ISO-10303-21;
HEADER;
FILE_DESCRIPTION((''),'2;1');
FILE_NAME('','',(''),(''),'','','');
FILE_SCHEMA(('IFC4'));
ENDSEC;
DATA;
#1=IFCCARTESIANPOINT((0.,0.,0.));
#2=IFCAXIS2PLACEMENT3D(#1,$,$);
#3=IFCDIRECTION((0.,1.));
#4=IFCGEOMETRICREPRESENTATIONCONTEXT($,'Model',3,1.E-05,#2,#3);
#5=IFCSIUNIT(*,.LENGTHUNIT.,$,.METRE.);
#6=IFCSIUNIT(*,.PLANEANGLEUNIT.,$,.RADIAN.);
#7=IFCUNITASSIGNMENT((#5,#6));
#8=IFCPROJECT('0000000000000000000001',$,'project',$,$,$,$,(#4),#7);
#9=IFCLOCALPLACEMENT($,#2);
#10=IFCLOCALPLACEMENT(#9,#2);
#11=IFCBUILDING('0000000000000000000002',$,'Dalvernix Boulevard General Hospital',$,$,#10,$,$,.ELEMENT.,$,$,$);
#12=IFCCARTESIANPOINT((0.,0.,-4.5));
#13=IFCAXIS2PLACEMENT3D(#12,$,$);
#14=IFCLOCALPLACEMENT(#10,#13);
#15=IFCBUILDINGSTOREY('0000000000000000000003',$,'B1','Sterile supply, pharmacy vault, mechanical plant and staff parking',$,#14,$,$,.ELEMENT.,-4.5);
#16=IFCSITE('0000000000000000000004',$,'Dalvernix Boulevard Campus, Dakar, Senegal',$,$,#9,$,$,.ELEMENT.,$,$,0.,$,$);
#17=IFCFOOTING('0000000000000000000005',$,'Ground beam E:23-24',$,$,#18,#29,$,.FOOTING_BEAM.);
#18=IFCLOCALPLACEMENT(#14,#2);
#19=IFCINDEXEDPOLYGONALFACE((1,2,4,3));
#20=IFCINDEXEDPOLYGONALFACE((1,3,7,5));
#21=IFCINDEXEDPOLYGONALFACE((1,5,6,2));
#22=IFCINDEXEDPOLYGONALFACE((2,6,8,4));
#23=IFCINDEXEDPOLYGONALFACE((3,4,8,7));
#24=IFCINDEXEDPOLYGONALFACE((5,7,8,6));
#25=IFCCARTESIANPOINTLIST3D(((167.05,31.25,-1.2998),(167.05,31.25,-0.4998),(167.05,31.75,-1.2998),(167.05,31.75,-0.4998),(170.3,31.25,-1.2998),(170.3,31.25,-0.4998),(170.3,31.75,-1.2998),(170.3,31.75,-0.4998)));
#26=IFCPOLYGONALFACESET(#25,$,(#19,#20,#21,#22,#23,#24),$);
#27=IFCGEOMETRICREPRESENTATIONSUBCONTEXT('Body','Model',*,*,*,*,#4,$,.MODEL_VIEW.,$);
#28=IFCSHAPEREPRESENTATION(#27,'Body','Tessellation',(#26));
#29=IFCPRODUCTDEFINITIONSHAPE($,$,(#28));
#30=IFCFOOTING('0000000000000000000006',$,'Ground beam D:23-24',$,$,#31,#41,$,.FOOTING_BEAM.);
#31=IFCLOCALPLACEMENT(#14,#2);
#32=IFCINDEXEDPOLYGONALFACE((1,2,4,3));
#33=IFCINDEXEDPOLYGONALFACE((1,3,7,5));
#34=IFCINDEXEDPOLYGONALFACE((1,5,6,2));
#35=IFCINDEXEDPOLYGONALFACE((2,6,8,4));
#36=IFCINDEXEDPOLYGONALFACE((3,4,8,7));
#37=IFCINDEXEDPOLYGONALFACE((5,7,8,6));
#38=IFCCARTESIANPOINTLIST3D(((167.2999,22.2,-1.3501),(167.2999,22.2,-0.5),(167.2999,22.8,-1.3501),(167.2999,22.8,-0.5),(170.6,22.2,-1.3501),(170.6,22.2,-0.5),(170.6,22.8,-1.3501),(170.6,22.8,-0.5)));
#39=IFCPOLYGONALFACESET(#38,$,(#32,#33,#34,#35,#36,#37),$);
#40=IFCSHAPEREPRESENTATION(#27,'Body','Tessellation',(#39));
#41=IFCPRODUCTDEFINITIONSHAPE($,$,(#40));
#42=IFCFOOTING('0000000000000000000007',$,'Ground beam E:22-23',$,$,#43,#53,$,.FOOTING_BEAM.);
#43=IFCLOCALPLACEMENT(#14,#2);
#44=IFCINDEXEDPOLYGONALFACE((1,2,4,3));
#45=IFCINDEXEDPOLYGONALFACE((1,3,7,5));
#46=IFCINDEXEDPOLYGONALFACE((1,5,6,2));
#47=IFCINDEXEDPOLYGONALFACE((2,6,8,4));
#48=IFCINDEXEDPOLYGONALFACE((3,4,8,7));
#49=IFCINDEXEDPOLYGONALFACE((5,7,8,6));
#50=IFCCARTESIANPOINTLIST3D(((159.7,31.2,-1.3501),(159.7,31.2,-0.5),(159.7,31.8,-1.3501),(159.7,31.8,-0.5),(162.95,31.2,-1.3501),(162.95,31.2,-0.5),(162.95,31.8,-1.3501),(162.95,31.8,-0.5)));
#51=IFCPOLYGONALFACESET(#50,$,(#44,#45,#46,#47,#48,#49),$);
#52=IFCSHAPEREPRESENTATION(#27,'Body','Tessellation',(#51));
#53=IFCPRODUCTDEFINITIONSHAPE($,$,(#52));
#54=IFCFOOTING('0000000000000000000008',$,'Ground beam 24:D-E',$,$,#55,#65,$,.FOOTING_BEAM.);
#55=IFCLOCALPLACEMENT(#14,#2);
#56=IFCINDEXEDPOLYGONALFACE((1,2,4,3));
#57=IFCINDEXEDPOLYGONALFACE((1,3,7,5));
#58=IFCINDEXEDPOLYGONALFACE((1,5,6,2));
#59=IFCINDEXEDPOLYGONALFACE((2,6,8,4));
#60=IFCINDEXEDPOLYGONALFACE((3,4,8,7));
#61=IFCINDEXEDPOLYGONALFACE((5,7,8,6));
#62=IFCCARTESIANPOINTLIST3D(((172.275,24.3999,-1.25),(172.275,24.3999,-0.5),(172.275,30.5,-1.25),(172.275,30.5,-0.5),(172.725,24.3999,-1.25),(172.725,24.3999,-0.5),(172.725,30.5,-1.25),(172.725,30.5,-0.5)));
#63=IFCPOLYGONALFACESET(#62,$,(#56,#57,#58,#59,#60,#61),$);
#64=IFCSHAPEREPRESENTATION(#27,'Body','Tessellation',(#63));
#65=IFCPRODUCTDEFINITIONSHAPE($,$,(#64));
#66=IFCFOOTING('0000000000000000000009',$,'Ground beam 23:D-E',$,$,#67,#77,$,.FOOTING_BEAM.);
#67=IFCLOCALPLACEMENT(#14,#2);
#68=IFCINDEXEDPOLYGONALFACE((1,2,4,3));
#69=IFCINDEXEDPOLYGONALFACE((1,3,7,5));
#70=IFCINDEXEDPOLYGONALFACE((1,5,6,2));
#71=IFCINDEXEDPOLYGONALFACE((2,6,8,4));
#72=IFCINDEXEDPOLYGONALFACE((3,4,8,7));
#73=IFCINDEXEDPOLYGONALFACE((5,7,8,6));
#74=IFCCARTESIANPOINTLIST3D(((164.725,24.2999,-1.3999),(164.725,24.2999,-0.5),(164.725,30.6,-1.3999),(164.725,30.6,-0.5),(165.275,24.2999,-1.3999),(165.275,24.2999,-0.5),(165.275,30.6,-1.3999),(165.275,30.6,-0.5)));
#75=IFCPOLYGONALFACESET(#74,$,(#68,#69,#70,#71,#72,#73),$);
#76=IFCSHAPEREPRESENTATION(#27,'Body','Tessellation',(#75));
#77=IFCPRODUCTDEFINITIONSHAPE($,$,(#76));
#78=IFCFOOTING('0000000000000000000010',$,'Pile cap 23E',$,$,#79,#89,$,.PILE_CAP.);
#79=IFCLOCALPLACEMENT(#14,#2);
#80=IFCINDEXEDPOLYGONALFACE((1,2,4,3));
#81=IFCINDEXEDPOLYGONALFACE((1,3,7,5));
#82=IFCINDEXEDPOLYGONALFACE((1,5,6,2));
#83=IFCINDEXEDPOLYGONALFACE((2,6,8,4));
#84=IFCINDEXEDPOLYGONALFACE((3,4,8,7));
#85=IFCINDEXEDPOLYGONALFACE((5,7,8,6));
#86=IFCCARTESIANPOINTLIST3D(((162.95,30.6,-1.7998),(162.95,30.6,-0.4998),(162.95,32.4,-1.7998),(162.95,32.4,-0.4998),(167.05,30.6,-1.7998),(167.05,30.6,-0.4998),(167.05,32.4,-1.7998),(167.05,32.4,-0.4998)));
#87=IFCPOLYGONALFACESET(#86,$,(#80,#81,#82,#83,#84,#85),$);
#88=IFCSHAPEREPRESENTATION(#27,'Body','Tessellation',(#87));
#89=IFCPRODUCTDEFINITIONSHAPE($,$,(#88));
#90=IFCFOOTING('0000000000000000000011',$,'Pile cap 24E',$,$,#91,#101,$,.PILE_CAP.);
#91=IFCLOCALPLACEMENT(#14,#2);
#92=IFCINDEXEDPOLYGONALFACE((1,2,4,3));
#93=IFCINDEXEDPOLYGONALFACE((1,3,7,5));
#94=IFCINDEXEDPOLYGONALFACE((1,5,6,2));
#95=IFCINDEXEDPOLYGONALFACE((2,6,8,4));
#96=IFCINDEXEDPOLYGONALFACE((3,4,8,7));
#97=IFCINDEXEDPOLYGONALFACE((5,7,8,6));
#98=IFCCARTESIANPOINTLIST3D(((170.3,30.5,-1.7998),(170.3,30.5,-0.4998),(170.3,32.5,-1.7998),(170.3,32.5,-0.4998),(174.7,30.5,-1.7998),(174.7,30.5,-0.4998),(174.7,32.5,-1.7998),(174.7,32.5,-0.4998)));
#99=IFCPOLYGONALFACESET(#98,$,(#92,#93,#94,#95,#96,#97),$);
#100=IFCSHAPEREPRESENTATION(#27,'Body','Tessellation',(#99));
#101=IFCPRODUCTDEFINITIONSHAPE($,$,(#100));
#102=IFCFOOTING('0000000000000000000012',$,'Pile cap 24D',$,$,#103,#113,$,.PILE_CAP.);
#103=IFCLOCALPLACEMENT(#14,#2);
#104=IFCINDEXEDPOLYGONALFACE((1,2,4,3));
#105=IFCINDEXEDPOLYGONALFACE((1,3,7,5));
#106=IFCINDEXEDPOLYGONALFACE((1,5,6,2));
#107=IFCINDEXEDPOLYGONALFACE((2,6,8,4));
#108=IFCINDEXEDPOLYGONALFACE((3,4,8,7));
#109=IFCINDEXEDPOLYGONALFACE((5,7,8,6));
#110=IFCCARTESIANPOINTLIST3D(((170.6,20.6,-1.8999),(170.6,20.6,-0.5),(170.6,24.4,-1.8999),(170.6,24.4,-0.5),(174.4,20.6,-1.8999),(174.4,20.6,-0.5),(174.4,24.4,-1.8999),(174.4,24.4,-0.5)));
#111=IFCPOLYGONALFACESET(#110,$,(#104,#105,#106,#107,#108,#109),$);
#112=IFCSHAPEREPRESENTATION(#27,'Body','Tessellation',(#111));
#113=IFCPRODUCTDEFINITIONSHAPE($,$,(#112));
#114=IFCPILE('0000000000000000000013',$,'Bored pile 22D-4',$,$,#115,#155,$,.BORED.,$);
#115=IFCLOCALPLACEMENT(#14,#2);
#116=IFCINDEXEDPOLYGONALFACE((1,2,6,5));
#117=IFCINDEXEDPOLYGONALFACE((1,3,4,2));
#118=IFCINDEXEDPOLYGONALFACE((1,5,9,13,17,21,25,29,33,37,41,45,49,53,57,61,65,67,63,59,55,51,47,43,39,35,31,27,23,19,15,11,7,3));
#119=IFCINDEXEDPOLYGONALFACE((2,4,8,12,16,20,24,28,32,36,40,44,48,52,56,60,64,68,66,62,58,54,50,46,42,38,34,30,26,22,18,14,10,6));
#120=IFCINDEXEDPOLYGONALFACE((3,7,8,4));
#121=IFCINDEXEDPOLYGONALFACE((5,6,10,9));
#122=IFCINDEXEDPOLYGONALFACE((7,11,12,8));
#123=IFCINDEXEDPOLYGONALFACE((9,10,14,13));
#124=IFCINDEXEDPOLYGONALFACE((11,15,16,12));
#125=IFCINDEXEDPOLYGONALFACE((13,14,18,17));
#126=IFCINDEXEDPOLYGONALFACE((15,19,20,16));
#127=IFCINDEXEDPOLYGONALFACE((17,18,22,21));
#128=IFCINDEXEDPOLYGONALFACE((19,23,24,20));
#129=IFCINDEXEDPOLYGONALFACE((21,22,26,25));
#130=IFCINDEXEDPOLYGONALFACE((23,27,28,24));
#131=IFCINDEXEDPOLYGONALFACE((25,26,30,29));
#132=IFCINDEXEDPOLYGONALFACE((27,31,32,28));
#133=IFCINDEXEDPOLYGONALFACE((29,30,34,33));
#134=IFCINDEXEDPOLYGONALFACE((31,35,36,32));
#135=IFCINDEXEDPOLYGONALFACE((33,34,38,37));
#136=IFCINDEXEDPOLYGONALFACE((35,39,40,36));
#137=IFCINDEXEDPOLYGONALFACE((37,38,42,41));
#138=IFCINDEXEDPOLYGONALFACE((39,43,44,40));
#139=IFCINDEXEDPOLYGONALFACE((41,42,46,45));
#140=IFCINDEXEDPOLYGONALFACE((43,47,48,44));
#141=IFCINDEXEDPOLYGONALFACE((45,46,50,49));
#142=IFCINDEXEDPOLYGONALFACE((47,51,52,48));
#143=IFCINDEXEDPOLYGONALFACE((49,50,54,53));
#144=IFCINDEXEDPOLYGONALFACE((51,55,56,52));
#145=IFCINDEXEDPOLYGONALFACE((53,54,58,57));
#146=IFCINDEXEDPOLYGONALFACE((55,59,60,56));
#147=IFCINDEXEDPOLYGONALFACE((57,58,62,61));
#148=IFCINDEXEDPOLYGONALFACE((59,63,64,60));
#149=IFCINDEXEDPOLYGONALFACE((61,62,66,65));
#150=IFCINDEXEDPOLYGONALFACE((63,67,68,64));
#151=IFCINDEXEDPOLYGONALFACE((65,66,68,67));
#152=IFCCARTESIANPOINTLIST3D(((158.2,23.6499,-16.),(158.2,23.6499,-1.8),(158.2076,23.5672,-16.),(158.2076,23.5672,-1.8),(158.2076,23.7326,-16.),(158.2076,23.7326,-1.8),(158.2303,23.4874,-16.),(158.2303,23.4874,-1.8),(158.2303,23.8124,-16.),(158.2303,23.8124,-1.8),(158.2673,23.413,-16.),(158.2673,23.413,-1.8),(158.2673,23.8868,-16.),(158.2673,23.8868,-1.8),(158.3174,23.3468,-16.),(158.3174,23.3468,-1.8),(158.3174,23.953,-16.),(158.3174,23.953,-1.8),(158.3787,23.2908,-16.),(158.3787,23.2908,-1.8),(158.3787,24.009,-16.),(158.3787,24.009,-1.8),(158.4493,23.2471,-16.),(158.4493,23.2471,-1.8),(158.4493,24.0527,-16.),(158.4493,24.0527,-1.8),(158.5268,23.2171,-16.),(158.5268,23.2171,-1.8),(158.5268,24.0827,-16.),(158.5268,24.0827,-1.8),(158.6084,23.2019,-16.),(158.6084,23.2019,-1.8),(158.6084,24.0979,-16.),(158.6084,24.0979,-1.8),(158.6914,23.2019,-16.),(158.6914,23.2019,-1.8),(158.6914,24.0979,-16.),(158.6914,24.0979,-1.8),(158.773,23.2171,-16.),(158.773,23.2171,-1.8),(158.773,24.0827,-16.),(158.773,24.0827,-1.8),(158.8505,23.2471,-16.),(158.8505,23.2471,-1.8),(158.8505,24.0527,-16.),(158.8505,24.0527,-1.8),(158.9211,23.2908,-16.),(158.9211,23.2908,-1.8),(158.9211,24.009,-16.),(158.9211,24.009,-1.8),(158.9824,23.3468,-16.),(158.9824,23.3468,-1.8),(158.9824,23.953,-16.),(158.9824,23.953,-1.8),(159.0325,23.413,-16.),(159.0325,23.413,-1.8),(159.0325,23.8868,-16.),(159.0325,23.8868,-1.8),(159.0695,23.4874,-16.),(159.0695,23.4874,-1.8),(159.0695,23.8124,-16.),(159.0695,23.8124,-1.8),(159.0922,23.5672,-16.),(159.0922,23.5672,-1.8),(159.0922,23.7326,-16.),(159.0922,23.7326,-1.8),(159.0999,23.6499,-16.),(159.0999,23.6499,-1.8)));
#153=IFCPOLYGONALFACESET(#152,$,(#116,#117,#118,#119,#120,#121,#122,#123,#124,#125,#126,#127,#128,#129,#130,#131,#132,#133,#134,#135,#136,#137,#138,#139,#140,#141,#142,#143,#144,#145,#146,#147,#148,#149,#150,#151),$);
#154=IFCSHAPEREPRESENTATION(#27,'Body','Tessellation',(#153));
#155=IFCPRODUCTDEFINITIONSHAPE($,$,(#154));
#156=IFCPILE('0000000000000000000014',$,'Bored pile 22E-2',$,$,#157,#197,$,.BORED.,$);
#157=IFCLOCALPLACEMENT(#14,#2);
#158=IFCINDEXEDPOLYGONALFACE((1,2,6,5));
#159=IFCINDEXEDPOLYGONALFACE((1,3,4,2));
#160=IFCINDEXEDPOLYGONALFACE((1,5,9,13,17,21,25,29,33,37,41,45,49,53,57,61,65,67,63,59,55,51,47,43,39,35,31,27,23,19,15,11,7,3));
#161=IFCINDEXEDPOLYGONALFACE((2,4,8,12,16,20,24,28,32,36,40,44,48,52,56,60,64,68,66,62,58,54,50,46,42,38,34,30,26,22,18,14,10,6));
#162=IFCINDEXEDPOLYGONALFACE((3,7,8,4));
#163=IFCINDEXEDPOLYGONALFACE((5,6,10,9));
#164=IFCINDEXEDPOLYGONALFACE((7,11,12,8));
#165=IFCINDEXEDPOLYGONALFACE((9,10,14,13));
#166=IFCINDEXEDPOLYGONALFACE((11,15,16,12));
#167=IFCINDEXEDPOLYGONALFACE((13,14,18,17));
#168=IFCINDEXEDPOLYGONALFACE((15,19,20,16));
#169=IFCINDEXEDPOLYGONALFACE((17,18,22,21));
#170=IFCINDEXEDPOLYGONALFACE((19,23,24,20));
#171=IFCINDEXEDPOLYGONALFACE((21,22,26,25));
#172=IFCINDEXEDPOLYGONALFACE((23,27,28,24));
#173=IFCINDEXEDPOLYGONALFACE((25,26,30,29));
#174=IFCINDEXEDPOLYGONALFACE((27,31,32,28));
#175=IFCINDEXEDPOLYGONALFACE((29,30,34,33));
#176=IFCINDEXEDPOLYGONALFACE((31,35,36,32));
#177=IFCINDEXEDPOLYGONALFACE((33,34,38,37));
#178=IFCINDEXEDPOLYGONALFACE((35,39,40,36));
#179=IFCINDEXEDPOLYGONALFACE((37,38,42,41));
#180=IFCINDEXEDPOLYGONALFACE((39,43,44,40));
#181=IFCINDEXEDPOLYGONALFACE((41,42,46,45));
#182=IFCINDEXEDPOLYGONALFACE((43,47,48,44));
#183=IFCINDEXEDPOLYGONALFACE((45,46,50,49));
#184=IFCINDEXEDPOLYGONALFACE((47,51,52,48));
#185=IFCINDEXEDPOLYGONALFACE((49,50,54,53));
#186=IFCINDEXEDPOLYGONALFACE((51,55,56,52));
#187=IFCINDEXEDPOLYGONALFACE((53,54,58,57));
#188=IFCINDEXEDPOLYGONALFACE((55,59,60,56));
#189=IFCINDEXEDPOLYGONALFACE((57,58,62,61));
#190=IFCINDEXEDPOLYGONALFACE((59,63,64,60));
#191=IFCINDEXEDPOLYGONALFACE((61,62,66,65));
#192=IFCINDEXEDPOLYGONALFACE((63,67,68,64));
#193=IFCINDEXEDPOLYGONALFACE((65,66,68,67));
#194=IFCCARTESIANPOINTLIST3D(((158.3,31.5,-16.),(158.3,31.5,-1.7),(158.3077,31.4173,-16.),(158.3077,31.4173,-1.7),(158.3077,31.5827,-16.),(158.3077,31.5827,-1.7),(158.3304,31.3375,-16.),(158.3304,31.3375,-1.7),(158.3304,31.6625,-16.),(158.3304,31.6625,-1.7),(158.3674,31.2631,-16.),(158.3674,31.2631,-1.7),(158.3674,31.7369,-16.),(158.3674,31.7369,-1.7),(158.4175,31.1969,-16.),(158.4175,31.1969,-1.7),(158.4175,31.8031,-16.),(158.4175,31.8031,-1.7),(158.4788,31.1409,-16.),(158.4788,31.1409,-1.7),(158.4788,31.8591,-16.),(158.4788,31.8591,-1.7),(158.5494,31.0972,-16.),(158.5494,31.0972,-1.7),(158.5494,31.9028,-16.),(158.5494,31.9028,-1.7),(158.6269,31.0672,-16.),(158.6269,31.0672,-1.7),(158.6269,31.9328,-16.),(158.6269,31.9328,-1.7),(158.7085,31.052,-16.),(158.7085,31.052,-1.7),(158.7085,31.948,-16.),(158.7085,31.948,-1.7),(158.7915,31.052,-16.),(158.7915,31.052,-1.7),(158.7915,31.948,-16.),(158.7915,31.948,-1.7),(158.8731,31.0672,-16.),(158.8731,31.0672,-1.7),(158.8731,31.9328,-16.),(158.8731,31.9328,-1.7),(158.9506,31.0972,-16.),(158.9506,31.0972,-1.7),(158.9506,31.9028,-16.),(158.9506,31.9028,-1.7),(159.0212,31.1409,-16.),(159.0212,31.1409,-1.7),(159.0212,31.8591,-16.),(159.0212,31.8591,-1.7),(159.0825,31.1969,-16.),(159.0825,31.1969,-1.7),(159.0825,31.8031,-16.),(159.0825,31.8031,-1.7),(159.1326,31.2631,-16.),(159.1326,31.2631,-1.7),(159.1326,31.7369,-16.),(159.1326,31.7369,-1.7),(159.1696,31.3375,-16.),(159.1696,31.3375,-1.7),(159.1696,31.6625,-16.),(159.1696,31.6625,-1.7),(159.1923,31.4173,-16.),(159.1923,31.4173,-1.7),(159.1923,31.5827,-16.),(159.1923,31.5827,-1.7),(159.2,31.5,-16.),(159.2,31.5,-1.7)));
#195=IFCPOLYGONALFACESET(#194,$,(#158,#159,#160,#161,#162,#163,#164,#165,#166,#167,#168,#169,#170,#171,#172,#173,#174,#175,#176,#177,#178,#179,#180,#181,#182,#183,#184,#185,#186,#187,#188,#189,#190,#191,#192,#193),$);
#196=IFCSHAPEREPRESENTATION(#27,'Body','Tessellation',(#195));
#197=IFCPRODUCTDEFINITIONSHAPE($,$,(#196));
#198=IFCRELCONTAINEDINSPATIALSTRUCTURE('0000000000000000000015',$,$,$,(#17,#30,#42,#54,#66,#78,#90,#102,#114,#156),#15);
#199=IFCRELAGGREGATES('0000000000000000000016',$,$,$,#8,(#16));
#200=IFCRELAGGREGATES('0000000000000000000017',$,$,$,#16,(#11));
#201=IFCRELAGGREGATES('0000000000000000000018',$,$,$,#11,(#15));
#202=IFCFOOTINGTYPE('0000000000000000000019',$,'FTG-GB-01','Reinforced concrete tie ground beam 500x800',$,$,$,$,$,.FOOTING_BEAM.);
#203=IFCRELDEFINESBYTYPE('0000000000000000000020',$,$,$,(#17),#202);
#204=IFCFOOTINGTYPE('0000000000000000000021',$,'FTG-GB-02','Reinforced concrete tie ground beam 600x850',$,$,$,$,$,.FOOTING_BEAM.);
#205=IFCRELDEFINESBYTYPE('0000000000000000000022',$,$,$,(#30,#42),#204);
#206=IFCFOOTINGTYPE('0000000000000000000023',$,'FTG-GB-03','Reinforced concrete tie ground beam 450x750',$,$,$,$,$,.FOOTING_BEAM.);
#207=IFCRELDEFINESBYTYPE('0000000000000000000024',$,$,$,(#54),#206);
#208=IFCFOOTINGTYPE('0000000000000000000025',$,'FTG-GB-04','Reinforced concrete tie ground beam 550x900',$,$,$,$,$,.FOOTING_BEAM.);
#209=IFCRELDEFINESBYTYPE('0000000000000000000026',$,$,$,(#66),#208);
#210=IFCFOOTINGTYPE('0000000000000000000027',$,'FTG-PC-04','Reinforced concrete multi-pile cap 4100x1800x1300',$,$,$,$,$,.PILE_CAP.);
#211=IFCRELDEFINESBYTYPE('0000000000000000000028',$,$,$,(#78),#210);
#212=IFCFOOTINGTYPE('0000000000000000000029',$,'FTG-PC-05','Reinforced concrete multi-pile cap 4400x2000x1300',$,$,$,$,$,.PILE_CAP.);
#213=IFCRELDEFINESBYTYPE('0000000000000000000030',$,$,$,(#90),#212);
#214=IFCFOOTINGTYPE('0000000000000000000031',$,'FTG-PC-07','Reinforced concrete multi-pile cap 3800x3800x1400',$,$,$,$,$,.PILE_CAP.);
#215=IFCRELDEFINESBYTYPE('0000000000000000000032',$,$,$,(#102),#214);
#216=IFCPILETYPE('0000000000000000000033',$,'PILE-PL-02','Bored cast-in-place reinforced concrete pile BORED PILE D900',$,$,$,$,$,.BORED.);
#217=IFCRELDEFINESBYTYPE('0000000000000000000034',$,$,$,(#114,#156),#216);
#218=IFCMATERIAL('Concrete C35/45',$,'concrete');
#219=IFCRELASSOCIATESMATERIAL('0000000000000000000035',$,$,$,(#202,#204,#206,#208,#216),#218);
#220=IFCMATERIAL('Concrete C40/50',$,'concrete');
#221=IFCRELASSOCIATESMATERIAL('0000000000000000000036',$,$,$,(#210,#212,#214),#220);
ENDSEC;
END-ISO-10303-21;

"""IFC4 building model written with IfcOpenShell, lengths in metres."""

from ifc_helpers import new_model, si_unit, direction, frame, origin, origin_2d, place, context, subcontext, project, spatial, rectangle, circle, extrude, material, material_profile, profile_set, type_object, element, save


model = new_model("IFC4")

# Units and contexts
model_context = context("Model", 3, precision=1e-05, world=origin(), true_north=direction((0.0, 1.0)))
body_context = subcontext(model_context, "Body", "Model", "MODEL_VIEW")
ifc_project = project(units=[si_unit("LENGTHUNIT", "METRE"), si_unit("PLANEANGLEUNIT", "RADIAN")], contexts=[model_context])

# Site, building, storey
site_placement = place(None, origin())
site = spatial("IfcSite", under=ifc_project, at=site_placement, Name="Dalvernix Boulevard Campus, Dakar, Senegal", CompositionType="ELEMENT", RefElevation=0.0)
building_placement = place(site_placement, origin())
building = spatial("IfcBuilding", under=site, at=building_placement, Name="Dalvernix Boulevard General Hospital", CompositionType="ELEMENT")
storey_placement = place(building_placement, frame((0.0, 0.0, -4.5)))
storey = spatial("IfcBuildingStorey", under=building, at=storey_placement, Name="B1", Description="Sterile supply, pharmacy vault, mechanical plant and staff parking", CompositionType="ELEMENT", Elevation=-4.5)

# Footings
ifc_material_1 = material(Name="Concrete C35/45", Category="concrete")
footing_type_1 = type_object("IfcFootingType", Name="FTG-GB-01", Description="Reinforced concrete tie ground beam 500x800", PredefinedType="FOOTING_BEAM", material=ifc_material_1)
footing_1_placement = place(storey_placement, frame((168.675, 31.5, -1.2998), z_axis=(0.0, 0.0, 1.0), x_axis=(1.0, 0.0, 0.0)))
element("IfcFooting", 1, at=footing_1_placement, inside=storey, type_object=footing_type_1, Name="Ground beam E:23-24", PredefinedType="FOOTING_BEAM", context=body_context, shape_type="SweptSolid", body=[
    extrude(rectangle(XDim=3.25, YDim=0.5, at=origin_2d()), origin(), (0.0, 0.0, 1.0), 0.8),
])
footing_type_2 = type_object("IfcFootingType", Name="FTG-GB-02", Description="Reinforced concrete tie ground beam 600x850", PredefinedType="FOOTING_BEAM", material=ifc_material_1)
footing_2_placement = place(storey_placement, frame((168.95, 22.5, -1.3501), z_axis=(0.0, 0.0, 1.0), x_axis=(1.0, 0.0, 0.0)))
element("IfcFooting", 2, at=footing_2_placement, inside=storey, type_object=footing_type_2, Name="Ground beam D:23-24", PredefinedType="FOOTING_BEAM", context=body_context, shape_type="SweptSolid", body=[
    extrude(rectangle(XDim=3.3, YDim=0.6001, at=origin_2d()), origin(), (0.0, 0.0, 1.0), 0.8501),
])
footing_3_placement = place(storey_placement, frame((161.325, 31.5, -1.3501), z_axis=(0.0, 0.0, 1.0), x_axis=(1.0, 0.0, 0.0)))
element("IfcFooting", 3, at=footing_3_placement, inside=storey, type_object=footing_type_2, Name="Ground beam E:22-23", PredefinedType="FOOTING_BEAM", context=body_context, shape_type="SweptSolid", body=[
    extrude(rectangle(XDim=3.25, YDim=0.6001, at=origin_2d()), origin(), (0.0, 0.0, 1.0), 0.8501),
])
footing_type_3 = type_object("IfcFootingType", Name="FTG-GB-03", Description="Reinforced concrete tie ground beam 450x750", PredefinedType="FOOTING_BEAM", material=ifc_material_1)
footing_4_placement = place(storey_placement, frame((172.5, 27.45, -1.25), z_axis=(0.0, 0.0, 1.0), x_axis=(0.0, 1.0, 0.0)))
element("IfcFooting", 4, at=footing_4_placement, inside=storey, type_object=footing_type_3, Name="Ground beam 24:D-E", PredefinedType="FOOTING_BEAM", context=body_context, shape_type="SweptSolid", body=[
    extrude(rectangle(XDim=6.1001, YDim=0.45, at=origin_2d()), origin(), (0.0, 0.0, 1.0), 0.75),
])
footing_type_4 = type_object("IfcFootingType", Name="FTG-GB-04", Description="Reinforced concrete tie ground beam 550x900", PredefinedType="FOOTING_BEAM", material=ifc_material_1)
footing_5_placement = place(storey_placement, frame((165.0, 27.45, -1.3999), z_axis=(0.0, 0.0, 1.0), x_axis=(0.0, 1.0, 0.0)))
element("IfcFooting", 5, at=footing_5_placement, inside=storey, type_object=footing_type_4, Name="Ground beam 23:D-E", PredefinedType="FOOTING_BEAM", context=body_context, shape_type="SweptSolid", body=[
    extrude(rectangle(XDim=6.3, YDim=0.55, at=origin_2d()), origin(), (0.0, 0.0, 1.0), 0.8999),
])
ifc_material_2 = material(Name="Concrete C40/50", Category="concrete")
footing_type_5 = type_object("IfcFootingType", Name="FTG-PC-04", Description="Reinforced concrete multi-pile cap 4100x1800x1300", PredefinedType="PILE_CAP", material=ifc_material_2)
footing_6_placement = place(storey_placement, frame((165.0, 31.5, -1.7998), z_axis=(0.0, 0.0, 1.0), x_axis=(1.0, 0.0, 0.0)))
element("IfcFooting", 6, at=footing_6_placement, inside=storey, type_object=footing_type_5, Name="Pile cap 23E", PredefinedType="PILE_CAP", context=body_context, shape_type="SweptSolid", body=[
    extrude(rectangle(XDim=4.1001, YDim=1.8, at=origin_2d()), origin(), (0.0, 0.0, 1.0), 1.3),
])
footing_type_6 = type_object("IfcFootingType", Name="FTG-PC-05", Description="Reinforced concrete multi-pile cap 4400x2000x1300", PredefinedType="PILE_CAP", material=ifc_material_2)
footing_7_placement = place(storey_placement, frame((172.5, 31.5, -1.7998), z_axis=(0.0, 0.0, 1.0), x_axis=(1.0, 0.0, 0.0)))
element("IfcFooting", 7, at=footing_7_placement, inside=storey, type_object=footing_type_6, Name="Pile cap 24E", PredefinedType="PILE_CAP", context=body_context, shape_type="SweptSolid", body=[
    extrude(rectangle(XDim=4.3999, YDim=2.0, at=origin_2d()), origin(), (0.0, 0.0, 1.0), 1.3),
])
footing_type_7 = type_object("IfcFootingType", Name="FTG-PC-07", Description="Reinforced concrete multi-pile cap 3800x3800x1400", PredefinedType="PILE_CAP", material=ifc_material_2)
footing_8_placement = place(storey_placement, frame((172.5, 22.5, -1.8999), z_axis=(0.0, 0.0, 1.0), x_axis=(1.0, 0.0, 0.0)))
element("IfcFooting", 8, at=footing_8_placement, inside=storey, type_object=footing_type_7, Name="Pile cap 24D", PredefinedType="PILE_CAP", context=body_context, shape_type="SweptSolid", body=[
    extrude(rectangle(XDim=3.8, YDim=3.8, at=origin_2d()), origin(), (0.0, 0.0, 1.0), 1.3999),
])

# Piles
ifc_material_profile_1 = material_profile(ifc_material_1, circle(Radius=0.45, at=origin_2d()), Name="BORED PILE D900")
ifc_profile_set_1 = profile_set([ifc_material_profile_1], Name="Concrete C35/45")
pile_type = type_object("IfcPileType", Name="PILE-PL-02", Description="Bored cast-in-place reinforced concrete pile BORED PILE D900", PredefinedType="BORED", material=ifc_profile_set_1)
pile_1_placement = place(storey_placement, frame((158.6499, 23.6499, -1.8), z_axis=(0.0, 0.0, -1.0), x_axis=(1.0, 0.0, 0.0)))
element("IfcPile", 9, at=pile_1_placement, inside=storey, type_object=pile_type, Name="Bored pile 22D-4", PredefinedType="BORED", context=body_context, shape_type="SweptSolid", body=[
    extrude(circle(Radius=0.45, at=origin_2d()), origin(), (0.0, 0.0, 1.0), 14.2),
])
pile_2_placement = place(storey_placement, frame((158.75, 31.5, -1.7), z_axis=(0.0, 0.0, -1.0), x_axis=(1.0, 0.0, 0.0)))
element("IfcPile", 10, at=pile_2_placement, inside=storey, type_object=pile_type, Name="Bored pile 22E-2", PredefinedType="BORED", context=body_context, shape_type="SweptSolid", body=[
    extrude(circle(Radius=0.45, at=origin_2d()), origin(), (0.0, 0.0, 1.0), 14.3),
])

save(model, "model.ifc")
